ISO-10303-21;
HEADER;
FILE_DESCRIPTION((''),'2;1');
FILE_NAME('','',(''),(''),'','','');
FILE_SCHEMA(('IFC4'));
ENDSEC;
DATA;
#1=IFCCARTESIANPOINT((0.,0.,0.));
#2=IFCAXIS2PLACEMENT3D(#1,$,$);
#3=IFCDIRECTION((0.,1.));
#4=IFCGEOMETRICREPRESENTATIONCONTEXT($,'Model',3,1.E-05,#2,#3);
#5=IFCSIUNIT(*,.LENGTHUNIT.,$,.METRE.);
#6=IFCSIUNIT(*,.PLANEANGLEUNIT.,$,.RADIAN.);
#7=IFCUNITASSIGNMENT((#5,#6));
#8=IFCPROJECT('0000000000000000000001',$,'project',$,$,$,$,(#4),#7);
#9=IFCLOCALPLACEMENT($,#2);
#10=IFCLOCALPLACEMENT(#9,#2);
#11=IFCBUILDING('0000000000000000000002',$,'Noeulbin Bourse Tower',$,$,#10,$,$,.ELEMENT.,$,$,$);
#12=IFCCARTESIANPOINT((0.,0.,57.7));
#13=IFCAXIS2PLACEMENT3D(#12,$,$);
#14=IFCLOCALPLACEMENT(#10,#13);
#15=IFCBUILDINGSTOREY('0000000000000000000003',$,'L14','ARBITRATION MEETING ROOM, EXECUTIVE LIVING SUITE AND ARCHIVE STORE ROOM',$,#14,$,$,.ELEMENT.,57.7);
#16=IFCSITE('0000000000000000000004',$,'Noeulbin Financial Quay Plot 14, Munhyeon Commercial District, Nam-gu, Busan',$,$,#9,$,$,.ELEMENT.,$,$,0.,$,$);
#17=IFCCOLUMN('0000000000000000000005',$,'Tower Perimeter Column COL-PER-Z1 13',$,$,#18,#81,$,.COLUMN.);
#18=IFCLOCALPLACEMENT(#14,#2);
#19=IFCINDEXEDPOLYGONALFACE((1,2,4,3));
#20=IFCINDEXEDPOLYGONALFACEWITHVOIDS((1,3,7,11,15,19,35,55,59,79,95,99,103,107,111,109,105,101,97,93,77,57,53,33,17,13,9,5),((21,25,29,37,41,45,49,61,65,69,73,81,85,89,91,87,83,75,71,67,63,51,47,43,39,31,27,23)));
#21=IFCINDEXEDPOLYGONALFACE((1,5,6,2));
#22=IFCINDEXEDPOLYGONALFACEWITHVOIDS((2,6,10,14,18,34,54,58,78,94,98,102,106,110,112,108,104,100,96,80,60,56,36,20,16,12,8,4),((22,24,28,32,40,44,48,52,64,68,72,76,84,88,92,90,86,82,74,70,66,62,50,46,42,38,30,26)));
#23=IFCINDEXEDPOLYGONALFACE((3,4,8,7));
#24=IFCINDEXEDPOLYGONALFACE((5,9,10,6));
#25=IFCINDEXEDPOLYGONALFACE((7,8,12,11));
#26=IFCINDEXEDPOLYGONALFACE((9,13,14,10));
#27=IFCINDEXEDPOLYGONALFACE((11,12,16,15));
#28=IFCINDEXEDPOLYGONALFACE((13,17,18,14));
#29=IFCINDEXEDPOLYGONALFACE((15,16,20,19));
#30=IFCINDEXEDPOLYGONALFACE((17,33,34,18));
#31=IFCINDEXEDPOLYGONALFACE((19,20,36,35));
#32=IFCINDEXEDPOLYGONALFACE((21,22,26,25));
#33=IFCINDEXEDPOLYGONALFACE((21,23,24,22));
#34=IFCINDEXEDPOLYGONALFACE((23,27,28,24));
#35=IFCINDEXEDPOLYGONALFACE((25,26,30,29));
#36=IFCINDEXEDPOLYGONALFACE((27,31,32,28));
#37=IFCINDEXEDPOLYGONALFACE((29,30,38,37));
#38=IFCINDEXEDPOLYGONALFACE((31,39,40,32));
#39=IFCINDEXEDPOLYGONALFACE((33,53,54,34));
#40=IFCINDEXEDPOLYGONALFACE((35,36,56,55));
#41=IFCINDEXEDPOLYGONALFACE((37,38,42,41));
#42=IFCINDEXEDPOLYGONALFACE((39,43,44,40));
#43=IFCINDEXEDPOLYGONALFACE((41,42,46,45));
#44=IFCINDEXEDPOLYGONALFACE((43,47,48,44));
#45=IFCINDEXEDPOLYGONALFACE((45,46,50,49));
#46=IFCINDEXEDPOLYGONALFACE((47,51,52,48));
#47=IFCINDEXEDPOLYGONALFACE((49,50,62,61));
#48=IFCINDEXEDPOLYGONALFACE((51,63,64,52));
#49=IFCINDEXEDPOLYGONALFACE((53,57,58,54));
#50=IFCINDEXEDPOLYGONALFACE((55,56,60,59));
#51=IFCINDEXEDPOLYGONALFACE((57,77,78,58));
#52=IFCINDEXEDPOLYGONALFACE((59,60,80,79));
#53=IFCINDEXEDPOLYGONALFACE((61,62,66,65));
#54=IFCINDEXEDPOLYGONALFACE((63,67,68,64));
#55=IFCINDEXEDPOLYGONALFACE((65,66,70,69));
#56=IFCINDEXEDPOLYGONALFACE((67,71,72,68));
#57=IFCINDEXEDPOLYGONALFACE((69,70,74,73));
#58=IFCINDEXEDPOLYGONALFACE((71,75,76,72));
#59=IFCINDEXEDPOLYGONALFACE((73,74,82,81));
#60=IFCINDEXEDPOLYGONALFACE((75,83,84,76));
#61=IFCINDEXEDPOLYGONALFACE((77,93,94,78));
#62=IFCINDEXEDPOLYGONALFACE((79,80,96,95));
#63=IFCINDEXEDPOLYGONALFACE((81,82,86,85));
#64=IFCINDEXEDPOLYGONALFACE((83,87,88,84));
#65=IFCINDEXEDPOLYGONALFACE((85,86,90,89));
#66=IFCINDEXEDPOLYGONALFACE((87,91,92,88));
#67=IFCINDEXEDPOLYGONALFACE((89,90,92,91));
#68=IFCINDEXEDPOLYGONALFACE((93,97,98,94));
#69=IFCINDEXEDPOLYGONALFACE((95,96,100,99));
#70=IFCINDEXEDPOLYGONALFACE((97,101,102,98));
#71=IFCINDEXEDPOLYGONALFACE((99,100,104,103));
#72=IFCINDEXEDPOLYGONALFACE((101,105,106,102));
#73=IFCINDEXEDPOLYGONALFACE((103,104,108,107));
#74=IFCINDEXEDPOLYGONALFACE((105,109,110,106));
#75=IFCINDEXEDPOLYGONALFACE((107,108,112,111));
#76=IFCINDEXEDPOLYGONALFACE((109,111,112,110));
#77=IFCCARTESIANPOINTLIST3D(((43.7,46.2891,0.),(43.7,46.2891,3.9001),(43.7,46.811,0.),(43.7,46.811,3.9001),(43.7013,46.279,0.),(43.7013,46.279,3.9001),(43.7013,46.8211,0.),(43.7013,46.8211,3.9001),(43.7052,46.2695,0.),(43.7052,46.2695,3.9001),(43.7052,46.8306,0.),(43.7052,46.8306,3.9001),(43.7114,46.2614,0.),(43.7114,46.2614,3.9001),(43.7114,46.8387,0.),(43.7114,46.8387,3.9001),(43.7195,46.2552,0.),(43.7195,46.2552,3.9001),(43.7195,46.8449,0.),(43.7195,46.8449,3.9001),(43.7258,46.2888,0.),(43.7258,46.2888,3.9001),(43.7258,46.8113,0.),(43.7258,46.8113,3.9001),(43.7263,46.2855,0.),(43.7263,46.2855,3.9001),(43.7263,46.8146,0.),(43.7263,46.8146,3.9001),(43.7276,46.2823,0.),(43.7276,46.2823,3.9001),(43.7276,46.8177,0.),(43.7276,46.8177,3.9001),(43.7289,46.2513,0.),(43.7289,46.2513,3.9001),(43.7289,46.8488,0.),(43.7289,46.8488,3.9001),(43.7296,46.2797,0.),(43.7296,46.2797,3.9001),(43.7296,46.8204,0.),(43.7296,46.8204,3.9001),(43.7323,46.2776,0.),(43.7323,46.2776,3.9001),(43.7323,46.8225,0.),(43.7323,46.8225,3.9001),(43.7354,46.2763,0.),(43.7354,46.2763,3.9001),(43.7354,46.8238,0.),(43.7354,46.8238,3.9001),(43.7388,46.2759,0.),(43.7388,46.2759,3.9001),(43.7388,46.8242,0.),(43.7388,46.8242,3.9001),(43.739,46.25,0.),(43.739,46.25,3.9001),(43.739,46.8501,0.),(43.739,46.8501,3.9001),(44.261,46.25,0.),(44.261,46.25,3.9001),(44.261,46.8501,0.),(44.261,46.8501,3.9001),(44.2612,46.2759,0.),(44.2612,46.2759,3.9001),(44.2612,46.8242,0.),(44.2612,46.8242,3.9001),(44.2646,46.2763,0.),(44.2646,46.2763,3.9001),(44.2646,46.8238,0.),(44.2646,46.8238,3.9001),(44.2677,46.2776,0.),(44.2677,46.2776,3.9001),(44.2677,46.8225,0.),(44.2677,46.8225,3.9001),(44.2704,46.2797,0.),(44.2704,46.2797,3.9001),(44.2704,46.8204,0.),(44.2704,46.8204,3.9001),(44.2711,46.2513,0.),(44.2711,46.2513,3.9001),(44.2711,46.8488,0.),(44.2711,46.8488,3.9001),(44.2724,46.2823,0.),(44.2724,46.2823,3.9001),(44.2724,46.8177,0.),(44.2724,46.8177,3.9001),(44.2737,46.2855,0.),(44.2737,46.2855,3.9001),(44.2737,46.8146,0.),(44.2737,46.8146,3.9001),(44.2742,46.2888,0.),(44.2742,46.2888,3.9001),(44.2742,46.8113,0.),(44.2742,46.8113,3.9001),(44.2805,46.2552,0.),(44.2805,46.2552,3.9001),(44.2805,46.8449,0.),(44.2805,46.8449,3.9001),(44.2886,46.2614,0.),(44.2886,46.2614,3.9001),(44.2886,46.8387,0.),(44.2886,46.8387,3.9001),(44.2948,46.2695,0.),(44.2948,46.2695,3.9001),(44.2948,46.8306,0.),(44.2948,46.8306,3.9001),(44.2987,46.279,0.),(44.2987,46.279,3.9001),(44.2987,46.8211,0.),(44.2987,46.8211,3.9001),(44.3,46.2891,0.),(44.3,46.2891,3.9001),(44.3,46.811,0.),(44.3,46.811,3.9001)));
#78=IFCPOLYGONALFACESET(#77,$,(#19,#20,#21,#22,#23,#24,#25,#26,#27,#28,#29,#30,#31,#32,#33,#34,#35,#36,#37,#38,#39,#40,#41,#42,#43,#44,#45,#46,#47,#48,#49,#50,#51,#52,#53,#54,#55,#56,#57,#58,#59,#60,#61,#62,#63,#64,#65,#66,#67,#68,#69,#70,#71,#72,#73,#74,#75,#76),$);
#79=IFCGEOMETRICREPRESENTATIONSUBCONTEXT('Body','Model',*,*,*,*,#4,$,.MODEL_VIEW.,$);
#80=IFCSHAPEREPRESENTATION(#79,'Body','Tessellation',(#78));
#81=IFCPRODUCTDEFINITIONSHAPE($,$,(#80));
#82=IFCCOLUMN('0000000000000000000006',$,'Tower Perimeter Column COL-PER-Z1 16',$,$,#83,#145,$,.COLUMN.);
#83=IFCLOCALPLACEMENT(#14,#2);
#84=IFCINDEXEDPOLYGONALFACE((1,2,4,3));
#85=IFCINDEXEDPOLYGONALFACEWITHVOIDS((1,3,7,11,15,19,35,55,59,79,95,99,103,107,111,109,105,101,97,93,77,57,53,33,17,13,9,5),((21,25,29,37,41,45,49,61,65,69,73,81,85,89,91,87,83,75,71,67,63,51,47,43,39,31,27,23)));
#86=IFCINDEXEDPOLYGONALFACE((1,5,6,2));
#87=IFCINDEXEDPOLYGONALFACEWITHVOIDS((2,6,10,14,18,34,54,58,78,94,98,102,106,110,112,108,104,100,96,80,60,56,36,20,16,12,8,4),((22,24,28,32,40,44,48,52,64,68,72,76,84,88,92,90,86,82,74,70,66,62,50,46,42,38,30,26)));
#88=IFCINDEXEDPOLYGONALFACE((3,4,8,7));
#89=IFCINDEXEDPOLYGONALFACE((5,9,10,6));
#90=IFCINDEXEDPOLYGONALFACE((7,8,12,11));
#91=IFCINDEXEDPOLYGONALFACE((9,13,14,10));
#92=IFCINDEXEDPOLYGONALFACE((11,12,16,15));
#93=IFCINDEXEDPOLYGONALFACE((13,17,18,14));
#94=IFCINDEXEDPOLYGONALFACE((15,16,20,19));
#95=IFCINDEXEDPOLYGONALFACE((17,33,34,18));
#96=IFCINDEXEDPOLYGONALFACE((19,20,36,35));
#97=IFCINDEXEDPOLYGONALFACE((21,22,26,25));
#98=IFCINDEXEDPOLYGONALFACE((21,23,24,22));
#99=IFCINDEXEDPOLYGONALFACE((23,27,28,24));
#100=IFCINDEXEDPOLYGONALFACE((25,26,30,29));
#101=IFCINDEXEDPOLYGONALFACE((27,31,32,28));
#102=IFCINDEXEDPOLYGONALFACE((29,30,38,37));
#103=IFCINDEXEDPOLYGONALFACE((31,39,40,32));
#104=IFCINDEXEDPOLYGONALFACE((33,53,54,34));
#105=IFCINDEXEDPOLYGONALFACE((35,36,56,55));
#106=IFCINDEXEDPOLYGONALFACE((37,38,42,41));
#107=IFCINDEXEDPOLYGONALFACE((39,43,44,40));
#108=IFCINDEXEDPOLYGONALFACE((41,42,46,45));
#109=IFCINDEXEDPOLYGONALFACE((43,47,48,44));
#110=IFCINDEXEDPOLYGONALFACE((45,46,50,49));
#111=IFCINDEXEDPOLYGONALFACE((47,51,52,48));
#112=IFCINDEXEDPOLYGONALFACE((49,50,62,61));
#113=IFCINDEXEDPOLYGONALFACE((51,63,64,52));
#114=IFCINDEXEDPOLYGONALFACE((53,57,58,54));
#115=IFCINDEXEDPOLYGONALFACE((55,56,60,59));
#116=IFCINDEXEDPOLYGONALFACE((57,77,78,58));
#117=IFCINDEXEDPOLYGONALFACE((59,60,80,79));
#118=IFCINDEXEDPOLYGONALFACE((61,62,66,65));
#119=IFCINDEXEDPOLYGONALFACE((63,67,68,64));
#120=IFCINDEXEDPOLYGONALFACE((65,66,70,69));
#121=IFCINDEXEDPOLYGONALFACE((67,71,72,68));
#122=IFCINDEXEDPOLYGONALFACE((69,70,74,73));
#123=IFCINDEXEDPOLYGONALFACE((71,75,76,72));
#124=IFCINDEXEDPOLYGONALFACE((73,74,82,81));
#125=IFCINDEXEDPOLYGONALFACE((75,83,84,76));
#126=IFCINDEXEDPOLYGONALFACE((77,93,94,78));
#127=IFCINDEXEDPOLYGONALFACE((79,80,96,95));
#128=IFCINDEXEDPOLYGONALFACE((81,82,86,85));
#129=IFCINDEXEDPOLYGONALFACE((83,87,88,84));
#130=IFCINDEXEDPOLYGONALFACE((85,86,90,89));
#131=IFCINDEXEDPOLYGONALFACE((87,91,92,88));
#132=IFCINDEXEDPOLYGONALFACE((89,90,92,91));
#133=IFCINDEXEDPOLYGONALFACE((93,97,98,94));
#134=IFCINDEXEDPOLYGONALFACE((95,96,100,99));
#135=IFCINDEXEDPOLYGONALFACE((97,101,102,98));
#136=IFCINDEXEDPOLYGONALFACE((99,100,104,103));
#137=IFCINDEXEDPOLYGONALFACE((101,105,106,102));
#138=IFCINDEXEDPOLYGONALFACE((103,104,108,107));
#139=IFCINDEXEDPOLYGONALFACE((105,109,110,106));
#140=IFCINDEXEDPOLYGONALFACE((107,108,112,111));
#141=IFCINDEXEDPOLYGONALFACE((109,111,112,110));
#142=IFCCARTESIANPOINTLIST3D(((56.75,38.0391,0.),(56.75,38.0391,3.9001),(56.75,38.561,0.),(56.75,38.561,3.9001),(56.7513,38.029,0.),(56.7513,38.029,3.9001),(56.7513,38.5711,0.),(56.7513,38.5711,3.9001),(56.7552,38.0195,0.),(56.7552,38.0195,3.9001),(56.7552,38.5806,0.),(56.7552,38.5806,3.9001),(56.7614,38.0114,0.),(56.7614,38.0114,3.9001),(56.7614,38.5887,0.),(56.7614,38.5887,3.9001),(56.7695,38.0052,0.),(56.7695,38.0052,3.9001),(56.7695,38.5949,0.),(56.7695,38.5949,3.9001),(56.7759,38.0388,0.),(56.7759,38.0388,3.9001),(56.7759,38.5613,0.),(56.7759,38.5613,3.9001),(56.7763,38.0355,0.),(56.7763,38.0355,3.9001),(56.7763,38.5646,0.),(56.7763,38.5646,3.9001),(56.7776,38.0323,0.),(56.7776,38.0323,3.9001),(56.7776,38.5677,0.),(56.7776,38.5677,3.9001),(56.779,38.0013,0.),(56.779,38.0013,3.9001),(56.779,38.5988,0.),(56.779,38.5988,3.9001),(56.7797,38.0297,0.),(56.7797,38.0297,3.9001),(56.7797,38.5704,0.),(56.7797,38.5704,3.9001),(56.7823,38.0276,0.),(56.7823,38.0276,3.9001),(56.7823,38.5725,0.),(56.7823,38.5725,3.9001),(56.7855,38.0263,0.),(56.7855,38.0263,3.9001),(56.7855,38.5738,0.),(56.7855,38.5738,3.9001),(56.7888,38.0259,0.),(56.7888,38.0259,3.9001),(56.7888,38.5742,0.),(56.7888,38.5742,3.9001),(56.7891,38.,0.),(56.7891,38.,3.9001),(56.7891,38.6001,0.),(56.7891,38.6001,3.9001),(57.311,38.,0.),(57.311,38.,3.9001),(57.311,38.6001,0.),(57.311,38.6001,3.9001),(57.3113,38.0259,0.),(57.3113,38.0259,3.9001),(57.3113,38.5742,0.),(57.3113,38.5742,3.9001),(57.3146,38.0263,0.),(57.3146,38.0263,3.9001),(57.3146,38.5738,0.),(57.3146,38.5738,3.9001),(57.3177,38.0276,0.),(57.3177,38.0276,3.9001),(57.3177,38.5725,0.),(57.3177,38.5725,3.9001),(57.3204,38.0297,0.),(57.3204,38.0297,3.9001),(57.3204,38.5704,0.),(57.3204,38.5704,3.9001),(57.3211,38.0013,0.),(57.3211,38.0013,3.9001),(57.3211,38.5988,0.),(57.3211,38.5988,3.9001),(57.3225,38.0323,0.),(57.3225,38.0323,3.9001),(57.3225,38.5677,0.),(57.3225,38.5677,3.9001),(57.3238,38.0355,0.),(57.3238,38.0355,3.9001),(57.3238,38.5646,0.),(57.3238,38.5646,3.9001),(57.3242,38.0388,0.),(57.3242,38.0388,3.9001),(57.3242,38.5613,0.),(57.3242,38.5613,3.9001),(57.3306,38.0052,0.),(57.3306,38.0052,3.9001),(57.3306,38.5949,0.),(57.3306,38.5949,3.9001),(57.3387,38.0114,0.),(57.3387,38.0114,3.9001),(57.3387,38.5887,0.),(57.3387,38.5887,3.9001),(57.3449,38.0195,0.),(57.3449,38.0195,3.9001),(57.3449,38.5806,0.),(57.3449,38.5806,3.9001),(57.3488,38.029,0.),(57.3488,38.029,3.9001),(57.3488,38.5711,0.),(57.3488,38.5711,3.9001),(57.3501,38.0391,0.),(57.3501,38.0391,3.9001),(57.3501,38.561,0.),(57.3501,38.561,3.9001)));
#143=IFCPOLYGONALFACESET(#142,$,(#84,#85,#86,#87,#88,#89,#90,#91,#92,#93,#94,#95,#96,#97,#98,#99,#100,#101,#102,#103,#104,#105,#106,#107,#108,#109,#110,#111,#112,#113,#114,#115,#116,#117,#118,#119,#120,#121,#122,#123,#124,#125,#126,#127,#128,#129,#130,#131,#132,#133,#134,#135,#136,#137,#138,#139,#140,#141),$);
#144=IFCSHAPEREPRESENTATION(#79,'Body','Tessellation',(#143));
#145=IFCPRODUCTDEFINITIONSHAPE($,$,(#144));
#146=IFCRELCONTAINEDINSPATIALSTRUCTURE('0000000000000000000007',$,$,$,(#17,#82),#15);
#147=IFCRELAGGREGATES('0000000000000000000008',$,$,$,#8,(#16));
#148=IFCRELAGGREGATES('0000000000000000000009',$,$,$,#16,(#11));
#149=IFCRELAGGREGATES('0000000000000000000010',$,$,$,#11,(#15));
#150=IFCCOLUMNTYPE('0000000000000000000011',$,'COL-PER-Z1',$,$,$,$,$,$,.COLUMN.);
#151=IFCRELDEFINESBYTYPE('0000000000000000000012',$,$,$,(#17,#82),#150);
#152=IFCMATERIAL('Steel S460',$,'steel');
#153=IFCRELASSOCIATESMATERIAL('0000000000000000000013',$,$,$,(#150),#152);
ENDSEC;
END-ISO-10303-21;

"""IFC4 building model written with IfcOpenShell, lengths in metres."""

from ifc_helpers import new_model, si_unit, direction, frame, origin, origin_2d, place, context, subcontext, project, spatial, hollow_rectangle, extrude, material, material_profile, profile_set, type_object, element, save


model = new_model("IFC4")

# Units and contexts
model_context = context("Model", 3, precision=1e-05, world=origin(), true_north=direction((0.0, 1.0)))
body_context = subcontext(model_context, "Body", "Model", "MODEL_VIEW")
ifc_project = project(units=[si_unit("LENGTHUNIT", "METRE"), si_unit("PLANEANGLEUNIT", "RADIAN")], contexts=[model_context])

# Site, building, storey
site_placement = place(None, origin())
site = spatial("IfcSite", under=ifc_project, at=site_placement, Name="Noeulbin Financial Quay Plot 14, Munhyeon Commercial District, Nam-gu, Busan", CompositionType="ELEMENT", RefElevation=0.0)
building_placement = place(site_placement, origin())
building = spatial("IfcBuilding", under=site, at=building_placement, Name="Noeulbin Bourse Tower", CompositionType="ELEMENT")
storey_placement = place(building_placement, frame((0.0, 0.0, 57.7)))
storey = spatial("IfcBuildingStorey", under=building, at=storey_placement, Name="L14", Description="ARBITRATION MEETING ROOM, EXECUTIVE LIVING SUITE AND ARCHIVE STORE ROOM", CompositionType="ELEMENT", Elevation=57.7)

# Columns
ifc_material_1 = material(Name="Steel S460", Category="steel")
ifc_material_profile_1 = material_profile(ifc_material_1, hollow_rectangle(XDim=0.6001, YDim=0.6001, WallThickness=0.0259, InnerFilletRadius=0.0129, OuterFilletRadius=0.0391, at=origin_2d()), Name="BOX-600x600x26", Category="LoadBearing")
ifc_profile_set_1 = profile_set([ifc_material_profile_1], Name="Steel S460")
column_type_1 = type_object("IfcColumnType", Name="COL-PER-Z1", PredefinedType="COLUMN", material=ifc_profile_set_1)
for number, where, z_axis, x_axis, name in (
    (1, (44.0, 46.55, 0.0), (0.0, 0.0, 1.0), (1.0, 0.0, 0.0), "Tower Perimeter Column COL-PER-Z1 13"),
    (2, (57.05, 38.3, 0.0), (0.0, 0.0, 1.0), (1.0, 0.0, 0.0), "Tower Perimeter Column COL-PER-Z1 16"),
):
    element("IfcColumn", number, at=place(storey_placement, frame(where, z_axis=z_axis, x_axis=x_axis)), inside=storey, type_object=column_type_1, Name=name, PredefinedType="COLUMN", context=body_context, shape_type="SweptSolid", body=[
        extrude(hollow_rectangle(XDim=0.6001, YDim=0.6001, WallThickness=0.0259, InnerFilletRadius=0.0129, OuterFilletRadius=0.0391, at=origin_2d()), origin(), (0.0, 0.0, 1.0), 3.9001),
    ])

save(model, "model.ifc")
